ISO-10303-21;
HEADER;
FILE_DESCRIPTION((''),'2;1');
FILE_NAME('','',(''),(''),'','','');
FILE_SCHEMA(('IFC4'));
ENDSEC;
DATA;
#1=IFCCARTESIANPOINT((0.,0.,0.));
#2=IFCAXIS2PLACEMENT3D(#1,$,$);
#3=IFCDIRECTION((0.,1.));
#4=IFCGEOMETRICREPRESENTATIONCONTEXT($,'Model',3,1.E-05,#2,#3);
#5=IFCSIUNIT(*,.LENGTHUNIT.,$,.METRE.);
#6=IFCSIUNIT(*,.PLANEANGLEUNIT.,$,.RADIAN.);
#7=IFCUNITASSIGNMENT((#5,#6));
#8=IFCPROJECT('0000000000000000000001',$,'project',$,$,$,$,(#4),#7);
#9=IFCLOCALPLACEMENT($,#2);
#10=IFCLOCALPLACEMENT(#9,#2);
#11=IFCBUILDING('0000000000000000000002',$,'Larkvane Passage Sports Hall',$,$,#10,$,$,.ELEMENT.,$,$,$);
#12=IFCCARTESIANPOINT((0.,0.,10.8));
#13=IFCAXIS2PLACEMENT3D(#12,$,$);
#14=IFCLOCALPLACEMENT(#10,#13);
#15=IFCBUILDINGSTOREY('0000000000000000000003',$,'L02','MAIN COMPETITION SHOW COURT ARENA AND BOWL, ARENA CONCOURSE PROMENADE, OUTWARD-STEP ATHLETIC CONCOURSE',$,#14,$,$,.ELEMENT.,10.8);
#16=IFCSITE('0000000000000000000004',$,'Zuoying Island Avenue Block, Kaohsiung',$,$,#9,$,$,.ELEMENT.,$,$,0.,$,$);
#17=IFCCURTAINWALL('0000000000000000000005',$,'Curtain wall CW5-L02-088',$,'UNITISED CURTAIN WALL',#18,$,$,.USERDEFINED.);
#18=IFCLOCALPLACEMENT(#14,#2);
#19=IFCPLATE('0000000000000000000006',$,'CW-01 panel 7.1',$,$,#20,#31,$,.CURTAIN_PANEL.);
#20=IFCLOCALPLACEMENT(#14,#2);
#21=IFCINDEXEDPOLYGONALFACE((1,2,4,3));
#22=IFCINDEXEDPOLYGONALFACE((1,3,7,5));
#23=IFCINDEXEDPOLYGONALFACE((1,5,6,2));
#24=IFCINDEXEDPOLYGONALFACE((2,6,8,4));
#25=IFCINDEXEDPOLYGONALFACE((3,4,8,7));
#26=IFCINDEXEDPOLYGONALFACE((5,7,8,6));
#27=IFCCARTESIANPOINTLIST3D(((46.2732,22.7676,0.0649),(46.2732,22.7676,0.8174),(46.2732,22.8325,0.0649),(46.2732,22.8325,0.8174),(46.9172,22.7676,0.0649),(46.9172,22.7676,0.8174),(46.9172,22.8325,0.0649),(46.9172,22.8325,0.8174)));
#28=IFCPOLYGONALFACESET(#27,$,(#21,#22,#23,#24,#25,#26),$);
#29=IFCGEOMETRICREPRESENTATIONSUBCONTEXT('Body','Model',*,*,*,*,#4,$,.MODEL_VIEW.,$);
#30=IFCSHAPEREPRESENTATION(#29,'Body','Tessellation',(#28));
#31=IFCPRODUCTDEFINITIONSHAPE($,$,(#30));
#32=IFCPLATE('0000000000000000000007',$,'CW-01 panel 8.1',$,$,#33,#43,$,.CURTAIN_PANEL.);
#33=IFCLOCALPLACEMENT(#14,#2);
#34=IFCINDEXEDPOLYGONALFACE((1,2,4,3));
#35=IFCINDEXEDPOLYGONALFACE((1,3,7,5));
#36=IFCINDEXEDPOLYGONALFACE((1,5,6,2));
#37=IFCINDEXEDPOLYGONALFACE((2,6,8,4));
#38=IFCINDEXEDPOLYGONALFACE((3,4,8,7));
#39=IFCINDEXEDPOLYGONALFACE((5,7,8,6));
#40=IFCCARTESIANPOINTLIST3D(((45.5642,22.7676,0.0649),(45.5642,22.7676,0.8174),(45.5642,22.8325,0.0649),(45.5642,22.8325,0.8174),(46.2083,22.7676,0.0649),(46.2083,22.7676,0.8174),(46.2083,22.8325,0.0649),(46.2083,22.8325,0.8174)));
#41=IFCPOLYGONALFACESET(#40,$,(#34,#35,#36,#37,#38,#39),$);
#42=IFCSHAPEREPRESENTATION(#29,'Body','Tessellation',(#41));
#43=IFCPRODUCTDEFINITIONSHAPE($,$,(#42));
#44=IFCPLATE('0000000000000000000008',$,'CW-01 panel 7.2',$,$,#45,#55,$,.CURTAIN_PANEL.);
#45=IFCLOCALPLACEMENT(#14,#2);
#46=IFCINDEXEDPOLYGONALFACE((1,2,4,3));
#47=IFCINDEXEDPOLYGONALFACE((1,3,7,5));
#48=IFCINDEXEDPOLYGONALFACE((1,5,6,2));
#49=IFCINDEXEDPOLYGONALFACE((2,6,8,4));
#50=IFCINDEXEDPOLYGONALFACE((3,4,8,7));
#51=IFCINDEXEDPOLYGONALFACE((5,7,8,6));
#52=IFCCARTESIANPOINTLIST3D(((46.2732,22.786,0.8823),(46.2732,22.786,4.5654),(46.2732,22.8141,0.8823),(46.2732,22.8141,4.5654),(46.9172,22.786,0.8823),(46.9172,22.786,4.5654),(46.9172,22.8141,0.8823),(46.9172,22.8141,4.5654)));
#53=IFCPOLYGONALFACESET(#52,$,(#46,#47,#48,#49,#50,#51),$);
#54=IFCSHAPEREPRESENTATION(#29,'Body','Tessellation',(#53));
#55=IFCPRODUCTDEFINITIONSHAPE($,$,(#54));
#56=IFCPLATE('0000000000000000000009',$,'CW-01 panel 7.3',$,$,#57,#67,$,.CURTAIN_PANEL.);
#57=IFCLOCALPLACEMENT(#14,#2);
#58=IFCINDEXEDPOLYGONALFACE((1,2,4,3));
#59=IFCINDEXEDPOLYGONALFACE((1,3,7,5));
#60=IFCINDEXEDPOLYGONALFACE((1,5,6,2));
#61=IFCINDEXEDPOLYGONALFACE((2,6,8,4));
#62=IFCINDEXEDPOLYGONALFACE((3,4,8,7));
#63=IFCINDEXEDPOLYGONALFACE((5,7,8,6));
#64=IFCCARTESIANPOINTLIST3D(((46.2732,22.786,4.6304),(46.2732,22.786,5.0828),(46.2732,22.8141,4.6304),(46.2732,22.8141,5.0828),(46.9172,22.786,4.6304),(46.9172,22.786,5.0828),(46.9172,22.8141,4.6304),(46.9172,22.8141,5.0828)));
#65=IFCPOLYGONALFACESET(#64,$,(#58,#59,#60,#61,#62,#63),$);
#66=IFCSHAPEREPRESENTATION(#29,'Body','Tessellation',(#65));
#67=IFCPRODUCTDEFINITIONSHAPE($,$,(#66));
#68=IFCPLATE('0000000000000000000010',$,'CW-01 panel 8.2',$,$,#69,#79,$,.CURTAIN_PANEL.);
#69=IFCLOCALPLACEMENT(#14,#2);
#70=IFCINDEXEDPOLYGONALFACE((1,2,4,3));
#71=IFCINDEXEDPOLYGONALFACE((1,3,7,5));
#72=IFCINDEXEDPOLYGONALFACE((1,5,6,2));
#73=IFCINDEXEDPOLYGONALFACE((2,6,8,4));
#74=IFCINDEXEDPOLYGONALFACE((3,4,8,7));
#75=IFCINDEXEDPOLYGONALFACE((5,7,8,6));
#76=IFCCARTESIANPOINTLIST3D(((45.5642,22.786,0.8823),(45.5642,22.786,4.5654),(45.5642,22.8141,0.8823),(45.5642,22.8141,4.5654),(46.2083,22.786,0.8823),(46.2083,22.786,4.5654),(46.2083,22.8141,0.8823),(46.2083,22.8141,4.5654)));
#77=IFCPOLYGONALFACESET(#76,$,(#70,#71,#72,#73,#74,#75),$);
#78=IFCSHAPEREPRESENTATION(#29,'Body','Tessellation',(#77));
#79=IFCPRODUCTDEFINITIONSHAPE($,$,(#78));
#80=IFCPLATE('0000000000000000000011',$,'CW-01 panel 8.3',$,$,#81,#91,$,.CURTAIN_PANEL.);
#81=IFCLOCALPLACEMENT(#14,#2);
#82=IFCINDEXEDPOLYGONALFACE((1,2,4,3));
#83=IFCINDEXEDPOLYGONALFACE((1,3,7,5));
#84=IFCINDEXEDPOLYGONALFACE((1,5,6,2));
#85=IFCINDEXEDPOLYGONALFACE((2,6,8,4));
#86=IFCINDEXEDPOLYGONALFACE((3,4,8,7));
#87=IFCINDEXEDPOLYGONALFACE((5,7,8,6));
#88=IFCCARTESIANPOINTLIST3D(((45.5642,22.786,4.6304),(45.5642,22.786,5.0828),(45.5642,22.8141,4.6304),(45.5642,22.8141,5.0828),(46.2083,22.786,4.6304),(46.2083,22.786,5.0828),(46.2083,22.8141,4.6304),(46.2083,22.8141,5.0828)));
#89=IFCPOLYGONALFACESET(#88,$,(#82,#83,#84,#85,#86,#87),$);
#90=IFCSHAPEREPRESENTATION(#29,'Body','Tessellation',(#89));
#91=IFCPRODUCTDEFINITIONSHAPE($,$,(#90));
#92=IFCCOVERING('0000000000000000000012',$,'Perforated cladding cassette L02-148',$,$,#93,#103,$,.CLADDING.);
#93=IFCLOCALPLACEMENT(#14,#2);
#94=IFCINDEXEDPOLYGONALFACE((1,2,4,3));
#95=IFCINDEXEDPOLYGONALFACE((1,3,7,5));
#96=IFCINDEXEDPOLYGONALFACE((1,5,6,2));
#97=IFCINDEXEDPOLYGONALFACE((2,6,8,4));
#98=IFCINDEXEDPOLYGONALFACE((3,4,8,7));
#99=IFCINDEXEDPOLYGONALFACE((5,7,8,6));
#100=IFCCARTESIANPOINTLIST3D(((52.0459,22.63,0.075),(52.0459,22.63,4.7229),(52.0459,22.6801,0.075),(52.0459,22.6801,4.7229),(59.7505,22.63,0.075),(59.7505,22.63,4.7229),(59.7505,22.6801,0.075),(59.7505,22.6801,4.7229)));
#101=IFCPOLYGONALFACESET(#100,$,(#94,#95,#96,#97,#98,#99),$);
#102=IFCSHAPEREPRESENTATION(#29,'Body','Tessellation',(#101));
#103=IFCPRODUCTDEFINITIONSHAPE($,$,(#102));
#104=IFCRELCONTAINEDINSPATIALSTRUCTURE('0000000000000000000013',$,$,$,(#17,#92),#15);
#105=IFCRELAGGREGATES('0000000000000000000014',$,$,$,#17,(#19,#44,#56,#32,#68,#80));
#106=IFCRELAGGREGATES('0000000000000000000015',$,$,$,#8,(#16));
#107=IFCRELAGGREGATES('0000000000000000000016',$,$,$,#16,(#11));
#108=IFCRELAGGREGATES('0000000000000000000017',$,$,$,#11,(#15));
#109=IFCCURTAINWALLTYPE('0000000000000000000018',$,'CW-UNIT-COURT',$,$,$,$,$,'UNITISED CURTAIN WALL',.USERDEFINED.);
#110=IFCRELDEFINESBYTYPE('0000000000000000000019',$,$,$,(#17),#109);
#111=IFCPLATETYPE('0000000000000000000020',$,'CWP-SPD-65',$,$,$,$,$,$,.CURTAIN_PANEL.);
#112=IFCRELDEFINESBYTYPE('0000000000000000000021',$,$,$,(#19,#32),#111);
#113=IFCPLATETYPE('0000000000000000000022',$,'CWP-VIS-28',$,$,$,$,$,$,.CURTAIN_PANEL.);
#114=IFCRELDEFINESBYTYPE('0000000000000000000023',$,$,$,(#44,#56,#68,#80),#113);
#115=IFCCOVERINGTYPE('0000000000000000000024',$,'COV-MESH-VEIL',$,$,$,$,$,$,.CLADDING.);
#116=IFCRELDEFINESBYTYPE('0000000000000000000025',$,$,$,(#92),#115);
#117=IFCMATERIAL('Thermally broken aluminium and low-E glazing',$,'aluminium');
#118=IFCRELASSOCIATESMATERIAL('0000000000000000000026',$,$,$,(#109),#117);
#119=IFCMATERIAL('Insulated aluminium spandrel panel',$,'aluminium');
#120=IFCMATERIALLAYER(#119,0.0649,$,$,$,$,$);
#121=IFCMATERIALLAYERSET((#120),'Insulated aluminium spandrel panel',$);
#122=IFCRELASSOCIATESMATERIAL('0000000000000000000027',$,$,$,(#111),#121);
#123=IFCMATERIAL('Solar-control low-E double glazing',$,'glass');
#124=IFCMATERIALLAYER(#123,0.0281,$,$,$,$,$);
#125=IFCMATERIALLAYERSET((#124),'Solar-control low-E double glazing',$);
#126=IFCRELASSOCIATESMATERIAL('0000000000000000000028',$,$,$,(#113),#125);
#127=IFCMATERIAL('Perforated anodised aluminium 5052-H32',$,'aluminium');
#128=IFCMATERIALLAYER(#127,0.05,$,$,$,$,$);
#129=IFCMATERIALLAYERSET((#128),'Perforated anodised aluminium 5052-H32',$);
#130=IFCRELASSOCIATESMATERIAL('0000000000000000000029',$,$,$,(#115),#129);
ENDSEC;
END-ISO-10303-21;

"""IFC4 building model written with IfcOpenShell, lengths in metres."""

from ifc_helpers import new_model, si_unit, direction, frame, origin, origin_2d, place, context, subcontext, project, spatial, rectangle, extrude, material, layer, layer_set, type_object, element, aggregate, save


model = new_model("IFC4")

# Units and contexts
model_context = context("Model", 3, precision=1e-05, world=origin(), true_north=direction((0.0, 1.0)))
body_context = subcontext(model_context, "Body", "Model", "MODEL_VIEW")
ifc_project = project(units=[si_unit("LENGTHUNIT", "METRE"), si_unit("PLANEANGLEUNIT", "RADIAN")], contexts=[model_context])

# Site, building, storey
site_placement = place(None, origin())
site = spatial("IfcSite", under=ifc_project, at=site_placement, Name="Zuoying Island Avenue Block, Kaohsiung", CompositionType="ELEMENT", RefElevation=0.0)
building_placement = place(site_placement, origin())
building = spatial("IfcBuilding", under=site, at=building_placement, Name="Larkvane Passage Sports Hall", CompositionType="ELEMENT")
storey_placement = place(building_placement, frame((0.0, 0.0, 10.8)))
storey = spatial("IfcBuildingStorey", under=building, at=storey_placement, Name="L02", Description="MAIN COMPETITION SHOW COURT ARENA AND BOWL, ARENA CONCOURSE PROMENADE, OUTWARD-STEP ATHLETIC CONCOURSE", CompositionType="ELEMENT", Elevation=10.8)

# Curtain wall
ifc_material_1 = material(Name="Thermally broken aluminium and low-E glazing", Category="aluminium")
curtain_wall_type = type_object("IfcCurtainWallType", Name="CW-UNIT-COURT", ElementType="UNITISED CURTAIN WALL", PredefinedType="USERDEFINED", material=ifc_material_1)
curtain_wall_placement = place(storey_placement, origin())
curtain_wall = element("IfcCurtainWall", 1, at=curtain_wall_placement, inside=storey, type_object=curtain_wall_type, Name="Curtain wall CW5-L02-088", ObjectType="UNITISED CURTAIN WALL", PredefinedType="USERDEFINED")

# Plates
ifc_material_2 = material(Name="Insulated aluminium spandrel panel", Category="aluminium")
ifc_layer_1 = layer(ifc_material_2, 0.0649)
ifc_layer_set_1 = layer_set([ifc_layer_1], Name="Insulated aluminium spandrel panel")
plate_type_1 = type_object("IfcPlateType", Name="CWP-SPD-65", PredefinedType="CURTAIN_PANEL", material=ifc_layer_set_1)
plate_1_placement = place(storey_placement, frame((46.5952, 22.8, 0.0649), z_axis=(0.0, 0.0, 1.0), x_axis=(-1.0, 0.0, 0.0)))
plate_1 = element("IfcPlate", 2, at=plate_1_placement, type_object=plate_type_1, Name="CW-01 panel 7.1", PredefinedType="CURTAIN_PANEL", context=body_context, shape_type="SweptSolid", body=[
    extrude(rectangle(XDim=0.644, YDim=0.0649, at=origin_2d()), origin(), (0.0, 0.0, 1.0), 0.7524),
])
plate_2_placement = place(storey_placement, frame((45.8862, 22.8, 0.0649), z_axis=(0.0, 0.0, 1.0), x_axis=(-1.0, 0.0, 0.0)))
plate_2 = element("IfcPlate", 3, at=plate_2_placement, type_object=plate_type_1, Name="CW-01 panel 8.1", PredefinedType="CURTAIN_PANEL", context=body_context, shape_type="SweptSolid", body=[
    extrude(rectangle(XDim=0.644, YDim=0.0649, at=origin_2d()), origin(), (0.0, 0.0, 1.0), 0.7524),
])
ifc_material_3 = material(Name="Solar-control low-E double glazing", Category="glass")
ifc_layer_2 = layer(ifc_material_3, 0.0281)
ifc_layer_set_2 = layer_set([ifc_layer_2], Name="Solar-control low-E double glazing")
plate_type_2 = type_object("IfcPlateType", Name="CWP-VIS-28", PredefinedType="CURTAIN_PANEL", material=ifc_layer_set_2)
plate_3_placement = place(storey_placement, frame((46.5952, 22.8, 0.8823), z_axis=(0.0, 0.0, 1.0), x_axis=(-1.0, 0.0, 0.0)))
plate_3 = element("IfcPlate", 4, at=plate_3_placement, type_object=plate_type_2, Name="CW-01 panel 7.2", PredefinedType="CURTAIN_PANEL", context=body_context, shape_type="SweptSolid", body=[
    extrude(rectangle(XDim=0.644, YDim=0.0281, at=origin_2d()), origin(), (0.0, 0.0, 1.0), 3.6831),
])
plate_4_placement = place(storey_placement, frame((46.5952, 22.8, 4.6304), z_axis=(0.0, 0.0, 1.0), x_axis=(-1.0, 0.0, 0.0)))
plate_4 = element("IfcPlate", 5, at=plate_4_placement, type_object=plate_type_2, Name="CW-01 panel 7.3", PredefinedType="CURTAIN_PANEL", context=body_context, shape_type="SweptSolid", body=[
    extrude(rectangle(XDim=0.644, YDim=0.0281, at=origin_2d()), origin(), (0.0, 0.0, 1.0), 0.4524),
])
plate_5_placement = place(storey_placement, frame((45.8862, 22.8, 0.8823), z_axis=(0.0, 0.0, 1.0), x_axis=(-1.0, 0.0, 0.0)))
plate_5 = element("IfcPlate", 6, at=plate_5_placement, type_object=plate_type_2, Name="CW-01 panel 8.2", PredefinedType="CURTAIN_PANEL", context=body_context, shape_type="SweptSolid", body=[
    extrude(rectangle(XDim=0.644, YDim=0.0281, at=origin_2d()), origin(), (0.0, 0.0, 1.0), 3.6831),
])
plate_6_placement = place(storey_placement, frame((45.8862, 22.8, 4.6304), z_axis=(0.0, 0.0, 1.0), x_axis=(-1.0, 0.0, 0.0)))
plate_6 = element("IfcPlate", 7, at=plate_6_placement, type_object=plate_type_2, Name="CW-01 panel 8.3", PredefinedType="CURTAIN_PANEL", context=body_context, shape_type="SweptSolid", body=[
    extrude(rectangle(XDim=0.644, YDim=0.0281, at=origin_2d()), origin(), (0.0, 0.0, 1.0), 0.4524),
])
aggregate(curtain_wall, [plate_1, plate_3, plate_4, plate_2, plate_5, plate_6])

# Covering
ifc_material_4 = material(Name="Perforated anodised aluminium 5052-H32", Category="aluminium")
ifc_layer_3 = layer(ifc_material_4, 0.05)
ifc_layer_set_3 = layer_set([ifc_layer_3], Name="Perforated anodised aluminium 5052-H32")
covering_type = type_object("IfcCoveringType", Name="COV-MESH-VEIL", PredefinedType="CLADDING", material=ifc_layer_set_3)
covering_placement = place(storey_placement, frame((55.8982, 22.655, 0.075), z_axis=(0.0, 0.0, 1.0), x_axis=(-1.0, 0.0, 0.0)))
element("IfcCovering", 8, at=covering_placement, inside=storey, type_object=covering_type, Name="Perforated cladding cassette L02-148", PredefinedType="CLADDING", context=body_context, shape_type="SweptSolid", body=[
    extrude(rectangle(XDim=7.7046, YDim=0.05, at=origin_2d()), origin(), (0.0, 0.0, 1.0), 4.6479),
])

save(model, "model.ifc")
